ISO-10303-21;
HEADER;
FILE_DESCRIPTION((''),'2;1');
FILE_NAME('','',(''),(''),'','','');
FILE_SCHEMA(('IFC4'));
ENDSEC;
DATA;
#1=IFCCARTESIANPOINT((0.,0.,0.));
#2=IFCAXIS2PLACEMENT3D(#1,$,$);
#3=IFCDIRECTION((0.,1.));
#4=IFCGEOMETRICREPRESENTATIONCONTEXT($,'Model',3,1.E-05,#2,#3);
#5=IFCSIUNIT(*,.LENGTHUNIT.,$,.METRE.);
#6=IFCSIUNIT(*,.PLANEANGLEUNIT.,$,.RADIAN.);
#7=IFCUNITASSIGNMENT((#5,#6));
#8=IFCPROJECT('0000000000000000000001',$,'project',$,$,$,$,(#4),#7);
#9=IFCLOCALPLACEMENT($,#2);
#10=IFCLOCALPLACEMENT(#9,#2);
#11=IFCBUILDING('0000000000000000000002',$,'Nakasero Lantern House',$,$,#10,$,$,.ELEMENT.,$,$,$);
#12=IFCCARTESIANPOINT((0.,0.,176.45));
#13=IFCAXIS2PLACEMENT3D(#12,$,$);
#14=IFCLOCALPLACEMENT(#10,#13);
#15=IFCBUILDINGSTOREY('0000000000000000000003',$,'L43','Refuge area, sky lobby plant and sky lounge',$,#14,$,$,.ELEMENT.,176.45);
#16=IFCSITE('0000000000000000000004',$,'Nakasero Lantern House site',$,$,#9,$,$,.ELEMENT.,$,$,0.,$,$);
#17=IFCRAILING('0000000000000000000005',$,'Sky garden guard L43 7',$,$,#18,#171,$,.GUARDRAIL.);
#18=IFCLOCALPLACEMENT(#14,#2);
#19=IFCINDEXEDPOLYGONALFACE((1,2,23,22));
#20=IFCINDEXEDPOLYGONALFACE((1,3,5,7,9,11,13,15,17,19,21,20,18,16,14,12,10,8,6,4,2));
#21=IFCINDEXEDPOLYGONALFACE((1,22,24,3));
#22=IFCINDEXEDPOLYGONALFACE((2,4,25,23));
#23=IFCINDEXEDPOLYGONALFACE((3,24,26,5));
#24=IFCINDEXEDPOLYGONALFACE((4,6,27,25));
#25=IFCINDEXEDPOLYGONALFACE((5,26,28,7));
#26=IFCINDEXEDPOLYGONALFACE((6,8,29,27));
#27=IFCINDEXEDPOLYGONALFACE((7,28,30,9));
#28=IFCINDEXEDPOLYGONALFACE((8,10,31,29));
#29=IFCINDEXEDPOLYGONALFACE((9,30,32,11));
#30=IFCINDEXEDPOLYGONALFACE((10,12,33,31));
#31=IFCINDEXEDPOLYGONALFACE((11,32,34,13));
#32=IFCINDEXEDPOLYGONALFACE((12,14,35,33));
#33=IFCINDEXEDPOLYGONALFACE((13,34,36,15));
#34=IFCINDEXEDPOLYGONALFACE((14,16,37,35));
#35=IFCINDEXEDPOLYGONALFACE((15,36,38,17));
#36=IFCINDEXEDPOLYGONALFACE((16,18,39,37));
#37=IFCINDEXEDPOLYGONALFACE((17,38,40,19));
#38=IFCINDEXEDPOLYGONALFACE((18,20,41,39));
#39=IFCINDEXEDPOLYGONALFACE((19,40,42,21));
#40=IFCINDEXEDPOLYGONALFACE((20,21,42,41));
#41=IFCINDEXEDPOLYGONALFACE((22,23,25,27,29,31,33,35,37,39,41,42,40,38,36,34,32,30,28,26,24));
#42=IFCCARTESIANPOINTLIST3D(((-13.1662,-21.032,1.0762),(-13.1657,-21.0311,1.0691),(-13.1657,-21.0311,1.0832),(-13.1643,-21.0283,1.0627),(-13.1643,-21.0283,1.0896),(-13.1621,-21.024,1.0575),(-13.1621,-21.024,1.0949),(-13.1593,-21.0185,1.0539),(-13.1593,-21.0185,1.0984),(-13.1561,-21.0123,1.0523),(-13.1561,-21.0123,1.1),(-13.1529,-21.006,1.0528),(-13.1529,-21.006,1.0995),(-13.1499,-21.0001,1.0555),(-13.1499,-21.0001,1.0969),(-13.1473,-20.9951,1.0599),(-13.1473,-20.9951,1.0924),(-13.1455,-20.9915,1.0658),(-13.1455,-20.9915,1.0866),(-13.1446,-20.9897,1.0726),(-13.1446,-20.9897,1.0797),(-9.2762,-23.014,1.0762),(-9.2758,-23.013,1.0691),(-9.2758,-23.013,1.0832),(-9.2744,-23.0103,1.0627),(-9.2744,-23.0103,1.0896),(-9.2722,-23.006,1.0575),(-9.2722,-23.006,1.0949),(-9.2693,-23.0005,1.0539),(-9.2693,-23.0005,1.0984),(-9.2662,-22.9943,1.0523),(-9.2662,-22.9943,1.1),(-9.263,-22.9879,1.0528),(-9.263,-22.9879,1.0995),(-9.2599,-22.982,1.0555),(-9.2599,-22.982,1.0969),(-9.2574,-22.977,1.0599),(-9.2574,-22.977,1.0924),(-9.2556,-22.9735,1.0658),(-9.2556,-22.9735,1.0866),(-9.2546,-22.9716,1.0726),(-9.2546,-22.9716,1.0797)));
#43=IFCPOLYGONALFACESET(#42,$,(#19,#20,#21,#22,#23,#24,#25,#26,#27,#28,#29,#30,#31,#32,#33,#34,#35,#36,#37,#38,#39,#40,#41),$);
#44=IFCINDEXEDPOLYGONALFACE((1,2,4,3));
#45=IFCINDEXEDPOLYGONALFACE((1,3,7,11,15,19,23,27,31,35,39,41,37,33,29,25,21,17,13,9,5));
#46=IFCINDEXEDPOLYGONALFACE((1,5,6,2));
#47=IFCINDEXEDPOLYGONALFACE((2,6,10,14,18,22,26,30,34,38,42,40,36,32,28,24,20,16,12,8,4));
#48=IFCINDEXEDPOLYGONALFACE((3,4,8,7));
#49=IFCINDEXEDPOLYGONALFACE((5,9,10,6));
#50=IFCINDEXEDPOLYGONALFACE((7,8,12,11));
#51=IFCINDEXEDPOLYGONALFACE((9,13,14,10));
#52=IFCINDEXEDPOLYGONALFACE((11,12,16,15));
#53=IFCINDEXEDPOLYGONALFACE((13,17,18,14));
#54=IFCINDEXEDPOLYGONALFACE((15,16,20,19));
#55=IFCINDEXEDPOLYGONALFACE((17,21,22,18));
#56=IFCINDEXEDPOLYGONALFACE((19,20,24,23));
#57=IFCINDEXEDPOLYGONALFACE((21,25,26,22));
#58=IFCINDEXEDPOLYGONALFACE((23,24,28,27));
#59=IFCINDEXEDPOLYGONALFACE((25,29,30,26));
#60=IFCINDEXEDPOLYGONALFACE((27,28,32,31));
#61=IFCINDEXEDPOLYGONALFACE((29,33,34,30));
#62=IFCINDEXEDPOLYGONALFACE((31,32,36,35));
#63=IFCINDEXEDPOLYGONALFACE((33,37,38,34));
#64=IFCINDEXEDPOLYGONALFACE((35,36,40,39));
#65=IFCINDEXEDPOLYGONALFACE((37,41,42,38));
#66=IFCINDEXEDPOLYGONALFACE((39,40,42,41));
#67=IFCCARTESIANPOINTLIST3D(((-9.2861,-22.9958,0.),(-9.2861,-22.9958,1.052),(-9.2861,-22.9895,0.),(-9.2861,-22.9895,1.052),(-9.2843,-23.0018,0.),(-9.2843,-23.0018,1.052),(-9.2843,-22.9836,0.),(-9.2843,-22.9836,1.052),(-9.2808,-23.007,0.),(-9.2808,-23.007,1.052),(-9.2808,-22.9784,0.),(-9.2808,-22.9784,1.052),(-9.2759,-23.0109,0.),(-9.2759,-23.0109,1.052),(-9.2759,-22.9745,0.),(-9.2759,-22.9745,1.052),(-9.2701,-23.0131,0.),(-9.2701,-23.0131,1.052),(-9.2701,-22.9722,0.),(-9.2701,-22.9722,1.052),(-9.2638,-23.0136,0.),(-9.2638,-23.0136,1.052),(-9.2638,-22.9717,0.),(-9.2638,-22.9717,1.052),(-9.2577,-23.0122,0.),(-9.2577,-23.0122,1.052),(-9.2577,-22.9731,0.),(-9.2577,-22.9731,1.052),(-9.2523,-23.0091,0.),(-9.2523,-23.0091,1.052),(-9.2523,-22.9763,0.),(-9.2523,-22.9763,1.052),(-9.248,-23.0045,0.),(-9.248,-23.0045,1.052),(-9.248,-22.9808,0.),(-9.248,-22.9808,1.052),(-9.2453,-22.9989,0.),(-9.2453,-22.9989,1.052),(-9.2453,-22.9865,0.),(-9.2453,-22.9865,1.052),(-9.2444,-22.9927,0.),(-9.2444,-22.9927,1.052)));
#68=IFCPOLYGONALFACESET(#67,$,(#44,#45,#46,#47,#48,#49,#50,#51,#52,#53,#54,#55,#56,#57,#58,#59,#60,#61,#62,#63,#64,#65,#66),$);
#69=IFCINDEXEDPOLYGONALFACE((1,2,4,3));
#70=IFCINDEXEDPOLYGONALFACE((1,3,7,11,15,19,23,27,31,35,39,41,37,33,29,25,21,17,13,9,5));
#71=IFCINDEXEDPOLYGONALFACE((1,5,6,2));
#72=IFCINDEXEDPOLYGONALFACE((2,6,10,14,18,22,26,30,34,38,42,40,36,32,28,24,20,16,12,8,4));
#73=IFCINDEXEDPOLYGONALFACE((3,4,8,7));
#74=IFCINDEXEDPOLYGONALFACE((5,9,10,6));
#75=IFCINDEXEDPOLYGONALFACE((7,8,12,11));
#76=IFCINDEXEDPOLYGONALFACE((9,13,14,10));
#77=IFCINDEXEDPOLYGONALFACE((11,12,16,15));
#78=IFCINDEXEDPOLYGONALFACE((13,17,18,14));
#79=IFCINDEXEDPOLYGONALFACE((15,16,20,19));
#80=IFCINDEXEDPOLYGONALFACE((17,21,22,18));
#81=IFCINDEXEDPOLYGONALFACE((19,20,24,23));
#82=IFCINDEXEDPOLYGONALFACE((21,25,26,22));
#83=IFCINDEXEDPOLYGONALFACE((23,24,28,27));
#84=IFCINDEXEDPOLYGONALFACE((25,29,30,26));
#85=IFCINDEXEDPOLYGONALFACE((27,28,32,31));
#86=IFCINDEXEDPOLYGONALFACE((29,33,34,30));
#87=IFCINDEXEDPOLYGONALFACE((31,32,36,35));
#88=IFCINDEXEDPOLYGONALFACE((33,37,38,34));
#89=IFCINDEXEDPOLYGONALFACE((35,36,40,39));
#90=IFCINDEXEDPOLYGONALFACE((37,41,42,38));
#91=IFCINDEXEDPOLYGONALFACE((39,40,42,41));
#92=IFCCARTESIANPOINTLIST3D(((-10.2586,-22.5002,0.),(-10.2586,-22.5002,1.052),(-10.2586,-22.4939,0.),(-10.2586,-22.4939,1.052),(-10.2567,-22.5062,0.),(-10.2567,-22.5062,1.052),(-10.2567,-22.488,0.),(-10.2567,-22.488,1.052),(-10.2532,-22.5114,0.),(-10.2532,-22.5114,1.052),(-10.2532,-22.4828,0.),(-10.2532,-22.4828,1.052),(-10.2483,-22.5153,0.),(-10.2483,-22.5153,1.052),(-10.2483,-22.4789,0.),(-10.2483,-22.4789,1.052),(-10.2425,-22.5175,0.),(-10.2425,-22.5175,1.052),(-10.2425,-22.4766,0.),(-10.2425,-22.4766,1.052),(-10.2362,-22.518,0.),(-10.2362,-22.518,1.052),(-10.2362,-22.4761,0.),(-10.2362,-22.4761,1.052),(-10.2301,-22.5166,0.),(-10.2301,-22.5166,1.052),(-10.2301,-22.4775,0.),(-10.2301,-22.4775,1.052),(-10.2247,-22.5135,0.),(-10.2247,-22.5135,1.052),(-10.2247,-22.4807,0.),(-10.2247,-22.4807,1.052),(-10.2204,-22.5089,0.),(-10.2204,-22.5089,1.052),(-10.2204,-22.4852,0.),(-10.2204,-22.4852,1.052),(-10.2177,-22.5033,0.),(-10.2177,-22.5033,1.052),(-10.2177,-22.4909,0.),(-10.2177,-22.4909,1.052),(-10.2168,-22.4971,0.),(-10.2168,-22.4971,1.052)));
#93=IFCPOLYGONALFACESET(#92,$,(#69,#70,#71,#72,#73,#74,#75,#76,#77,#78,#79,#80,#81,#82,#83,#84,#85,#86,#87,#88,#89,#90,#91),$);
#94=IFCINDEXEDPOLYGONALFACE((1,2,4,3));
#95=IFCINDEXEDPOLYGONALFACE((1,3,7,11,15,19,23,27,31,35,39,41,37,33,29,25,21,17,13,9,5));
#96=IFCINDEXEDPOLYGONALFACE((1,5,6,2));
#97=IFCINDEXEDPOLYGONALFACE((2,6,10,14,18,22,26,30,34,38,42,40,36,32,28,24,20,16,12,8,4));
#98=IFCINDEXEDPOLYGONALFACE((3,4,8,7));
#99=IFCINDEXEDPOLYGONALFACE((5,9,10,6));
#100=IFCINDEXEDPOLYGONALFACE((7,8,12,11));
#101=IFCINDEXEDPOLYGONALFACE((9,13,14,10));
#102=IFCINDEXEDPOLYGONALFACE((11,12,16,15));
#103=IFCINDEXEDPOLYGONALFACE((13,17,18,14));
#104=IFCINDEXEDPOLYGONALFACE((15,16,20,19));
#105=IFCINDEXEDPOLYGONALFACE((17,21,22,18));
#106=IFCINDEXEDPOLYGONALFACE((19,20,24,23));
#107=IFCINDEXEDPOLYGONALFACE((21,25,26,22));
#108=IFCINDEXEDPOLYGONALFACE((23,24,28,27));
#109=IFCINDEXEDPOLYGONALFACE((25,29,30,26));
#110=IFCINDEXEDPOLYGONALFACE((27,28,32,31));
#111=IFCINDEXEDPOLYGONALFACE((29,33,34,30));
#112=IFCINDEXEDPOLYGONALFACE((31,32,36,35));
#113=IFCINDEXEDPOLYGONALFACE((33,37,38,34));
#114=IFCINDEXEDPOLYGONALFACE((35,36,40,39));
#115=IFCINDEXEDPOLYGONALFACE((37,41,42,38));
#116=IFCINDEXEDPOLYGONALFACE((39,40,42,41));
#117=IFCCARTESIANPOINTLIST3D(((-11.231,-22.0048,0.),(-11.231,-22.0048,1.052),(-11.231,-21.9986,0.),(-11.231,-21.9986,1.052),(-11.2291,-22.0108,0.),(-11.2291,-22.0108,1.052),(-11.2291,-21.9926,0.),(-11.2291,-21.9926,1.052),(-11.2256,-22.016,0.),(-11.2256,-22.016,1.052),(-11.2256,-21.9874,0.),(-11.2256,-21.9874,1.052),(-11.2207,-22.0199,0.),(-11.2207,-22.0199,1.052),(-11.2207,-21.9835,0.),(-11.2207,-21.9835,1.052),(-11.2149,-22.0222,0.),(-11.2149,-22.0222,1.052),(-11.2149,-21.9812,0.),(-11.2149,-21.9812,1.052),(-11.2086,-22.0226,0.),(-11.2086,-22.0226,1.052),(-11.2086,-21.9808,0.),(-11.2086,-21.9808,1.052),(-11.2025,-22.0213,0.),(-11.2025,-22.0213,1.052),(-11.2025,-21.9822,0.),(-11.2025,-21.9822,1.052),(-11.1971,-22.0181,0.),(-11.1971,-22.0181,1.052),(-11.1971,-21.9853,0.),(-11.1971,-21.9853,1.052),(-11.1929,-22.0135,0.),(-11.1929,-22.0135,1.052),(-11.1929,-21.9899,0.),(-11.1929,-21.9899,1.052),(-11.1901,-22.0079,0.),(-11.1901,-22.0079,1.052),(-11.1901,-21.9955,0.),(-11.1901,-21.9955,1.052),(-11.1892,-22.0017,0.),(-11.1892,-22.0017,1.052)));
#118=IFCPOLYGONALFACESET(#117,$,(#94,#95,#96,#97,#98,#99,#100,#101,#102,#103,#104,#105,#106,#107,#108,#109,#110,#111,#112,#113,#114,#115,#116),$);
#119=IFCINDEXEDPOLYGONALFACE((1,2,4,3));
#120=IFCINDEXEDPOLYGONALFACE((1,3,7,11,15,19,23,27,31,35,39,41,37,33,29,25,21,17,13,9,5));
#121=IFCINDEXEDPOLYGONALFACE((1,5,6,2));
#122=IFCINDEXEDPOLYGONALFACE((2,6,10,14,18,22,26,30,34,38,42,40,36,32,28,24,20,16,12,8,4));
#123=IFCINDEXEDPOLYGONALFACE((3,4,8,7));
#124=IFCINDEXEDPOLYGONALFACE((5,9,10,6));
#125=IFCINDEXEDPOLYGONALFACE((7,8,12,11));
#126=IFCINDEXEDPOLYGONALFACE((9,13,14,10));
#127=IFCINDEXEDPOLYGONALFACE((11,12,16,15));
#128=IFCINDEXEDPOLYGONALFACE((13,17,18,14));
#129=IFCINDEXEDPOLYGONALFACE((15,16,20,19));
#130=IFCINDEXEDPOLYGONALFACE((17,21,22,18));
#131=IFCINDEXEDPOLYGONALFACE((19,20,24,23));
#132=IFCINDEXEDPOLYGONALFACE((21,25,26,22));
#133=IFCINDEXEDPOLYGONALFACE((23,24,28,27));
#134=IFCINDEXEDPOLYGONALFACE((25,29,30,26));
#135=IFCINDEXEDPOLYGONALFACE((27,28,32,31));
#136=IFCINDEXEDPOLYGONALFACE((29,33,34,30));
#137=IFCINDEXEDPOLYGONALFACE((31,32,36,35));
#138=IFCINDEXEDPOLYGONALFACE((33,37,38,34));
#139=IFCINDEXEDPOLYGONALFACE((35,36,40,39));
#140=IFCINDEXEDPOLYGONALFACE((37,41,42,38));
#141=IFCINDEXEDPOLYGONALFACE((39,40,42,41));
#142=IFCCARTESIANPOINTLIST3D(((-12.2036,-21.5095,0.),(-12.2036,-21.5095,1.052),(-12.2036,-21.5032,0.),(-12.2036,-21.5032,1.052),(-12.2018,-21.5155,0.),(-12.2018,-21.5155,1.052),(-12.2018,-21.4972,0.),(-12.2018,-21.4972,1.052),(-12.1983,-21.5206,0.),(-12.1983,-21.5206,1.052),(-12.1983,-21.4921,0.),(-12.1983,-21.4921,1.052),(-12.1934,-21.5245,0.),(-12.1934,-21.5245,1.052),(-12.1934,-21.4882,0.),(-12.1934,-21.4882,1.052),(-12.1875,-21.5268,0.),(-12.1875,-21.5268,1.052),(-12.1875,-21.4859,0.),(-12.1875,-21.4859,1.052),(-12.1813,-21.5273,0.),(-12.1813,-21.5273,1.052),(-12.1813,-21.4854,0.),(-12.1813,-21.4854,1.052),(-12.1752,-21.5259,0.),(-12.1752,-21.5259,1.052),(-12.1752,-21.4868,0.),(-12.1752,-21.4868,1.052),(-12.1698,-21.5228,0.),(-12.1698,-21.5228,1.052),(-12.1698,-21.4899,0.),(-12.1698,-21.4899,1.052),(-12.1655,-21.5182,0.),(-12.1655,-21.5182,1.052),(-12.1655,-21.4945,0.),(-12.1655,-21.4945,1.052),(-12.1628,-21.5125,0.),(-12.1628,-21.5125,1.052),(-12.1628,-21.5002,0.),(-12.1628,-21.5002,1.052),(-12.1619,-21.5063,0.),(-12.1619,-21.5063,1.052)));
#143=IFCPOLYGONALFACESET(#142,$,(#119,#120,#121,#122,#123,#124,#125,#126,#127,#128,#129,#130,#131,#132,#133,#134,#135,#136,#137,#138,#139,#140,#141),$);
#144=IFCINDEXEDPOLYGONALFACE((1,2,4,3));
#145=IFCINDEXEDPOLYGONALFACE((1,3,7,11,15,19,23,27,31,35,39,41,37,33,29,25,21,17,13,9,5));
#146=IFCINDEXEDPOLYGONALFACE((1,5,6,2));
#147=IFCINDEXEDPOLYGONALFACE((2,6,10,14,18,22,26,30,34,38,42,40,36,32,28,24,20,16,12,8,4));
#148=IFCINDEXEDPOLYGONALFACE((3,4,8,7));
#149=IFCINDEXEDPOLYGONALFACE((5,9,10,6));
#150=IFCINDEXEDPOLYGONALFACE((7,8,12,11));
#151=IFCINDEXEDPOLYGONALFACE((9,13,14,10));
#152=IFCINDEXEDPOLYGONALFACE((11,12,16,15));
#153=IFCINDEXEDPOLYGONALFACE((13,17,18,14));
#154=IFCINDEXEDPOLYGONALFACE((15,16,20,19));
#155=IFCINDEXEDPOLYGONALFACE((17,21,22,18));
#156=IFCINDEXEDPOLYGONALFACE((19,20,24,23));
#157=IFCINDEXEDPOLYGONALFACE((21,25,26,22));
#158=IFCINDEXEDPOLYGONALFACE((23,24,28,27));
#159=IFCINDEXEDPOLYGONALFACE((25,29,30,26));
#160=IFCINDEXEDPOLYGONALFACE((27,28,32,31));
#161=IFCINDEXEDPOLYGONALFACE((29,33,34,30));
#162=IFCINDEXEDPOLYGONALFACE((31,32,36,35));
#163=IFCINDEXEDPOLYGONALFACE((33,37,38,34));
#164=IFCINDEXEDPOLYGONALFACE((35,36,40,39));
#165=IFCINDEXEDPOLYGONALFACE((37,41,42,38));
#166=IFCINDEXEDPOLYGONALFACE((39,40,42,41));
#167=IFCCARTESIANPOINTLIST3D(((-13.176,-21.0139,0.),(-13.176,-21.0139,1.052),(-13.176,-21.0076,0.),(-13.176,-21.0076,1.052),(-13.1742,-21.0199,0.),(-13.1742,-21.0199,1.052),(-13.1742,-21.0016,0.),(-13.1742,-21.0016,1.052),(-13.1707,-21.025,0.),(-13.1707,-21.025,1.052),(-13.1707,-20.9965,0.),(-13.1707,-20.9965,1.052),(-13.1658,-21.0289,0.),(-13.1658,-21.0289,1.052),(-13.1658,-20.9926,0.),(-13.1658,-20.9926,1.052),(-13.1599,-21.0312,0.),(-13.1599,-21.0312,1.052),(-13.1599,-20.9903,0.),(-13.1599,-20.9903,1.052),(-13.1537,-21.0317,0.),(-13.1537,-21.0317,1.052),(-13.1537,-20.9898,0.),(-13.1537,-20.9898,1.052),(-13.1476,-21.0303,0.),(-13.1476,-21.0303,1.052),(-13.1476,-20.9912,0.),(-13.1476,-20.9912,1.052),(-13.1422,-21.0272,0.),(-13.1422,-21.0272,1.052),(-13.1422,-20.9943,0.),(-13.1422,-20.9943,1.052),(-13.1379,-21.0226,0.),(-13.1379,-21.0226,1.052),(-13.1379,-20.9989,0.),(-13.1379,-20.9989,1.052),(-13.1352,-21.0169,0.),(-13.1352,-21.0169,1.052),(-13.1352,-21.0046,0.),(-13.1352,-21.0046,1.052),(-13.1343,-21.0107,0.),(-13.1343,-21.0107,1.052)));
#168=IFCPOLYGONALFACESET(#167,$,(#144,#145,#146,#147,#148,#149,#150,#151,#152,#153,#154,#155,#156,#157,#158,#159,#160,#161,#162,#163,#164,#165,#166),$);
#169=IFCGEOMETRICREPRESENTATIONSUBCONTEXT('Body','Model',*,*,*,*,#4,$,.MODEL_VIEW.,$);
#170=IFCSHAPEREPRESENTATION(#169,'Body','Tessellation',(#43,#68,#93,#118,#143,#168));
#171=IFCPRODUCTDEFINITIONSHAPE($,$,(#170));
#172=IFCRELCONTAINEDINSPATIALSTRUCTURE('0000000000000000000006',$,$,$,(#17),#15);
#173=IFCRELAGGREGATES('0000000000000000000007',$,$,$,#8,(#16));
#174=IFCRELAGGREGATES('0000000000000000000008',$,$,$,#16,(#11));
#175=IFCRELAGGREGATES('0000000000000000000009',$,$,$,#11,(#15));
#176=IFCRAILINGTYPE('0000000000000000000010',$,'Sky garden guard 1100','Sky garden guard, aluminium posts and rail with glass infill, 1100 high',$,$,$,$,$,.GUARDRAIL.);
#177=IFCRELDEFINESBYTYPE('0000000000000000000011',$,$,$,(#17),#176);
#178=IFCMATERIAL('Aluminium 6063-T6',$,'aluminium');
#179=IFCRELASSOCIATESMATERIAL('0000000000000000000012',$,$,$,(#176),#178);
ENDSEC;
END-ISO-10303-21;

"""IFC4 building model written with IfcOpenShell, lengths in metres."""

from ifc_helpers import new_model, si_unit, direction, frame, origin, origin_2d, place, context, subcontext, project, spatial, circle, extrude, material, type_object, element, save


model = new_model("IFC4")

# Units and contexts
model_context = context("Model", 3, precision=1e-05, world=origin(), true_north=direction((0.0, 1.0)))
body_context = subcontext(model_context, "Body", "Model", "MODEL_VIEW")
ifc_project = project(units=[si_unit("LENGTHUNIT", "METRE"), si_unit("PLANEANGLEUNIT", "RADIAN")], contexts=[model_context])

# Site, building, storey
site_placement = place(None, origin())
site = spatial("IfcSite", under=ifc_project, at=site_placement, Name="Nakasero Lantern House site", CompositionType="ELEMENT", RefElevation=0.0)
building_placement = place(site_placement, origin())
building = spatial("IfcBuilding", under=site, at=building_placement, Name="Nakasero Lantern House", CompositionType="ELEMENT")
storey_placement = place(building_placement, frame((0.0, 0.0, 176.45)))
storey = spatial("IfcBuildingStorey", under=building, at=storey_placement, Name="L43", Description="Refuge area, sky lobby plant and sky lounge", CompositionType="ELEMENT", Elevation=176.45)

# Railing
ifc_material_1 = material(Name="Aluminium 6063-T6", Category="aluminium")
railing_type = type_object("IfcRailingType", Name="Sky garden guard 1100", Description="Sky garden guard, aluminium posts and rail with glass infill, 1100 high", PredefinedType="GUARDRAIL", material=ifc_material_1)
railing_1_placement = place(storey_placement, frame((-9.2654, -22.9927, 0.0)))
element("IfcRailing", 1, at=railing_1_placement, inside=storey, type_object=railing_type, Name="Sky garden guard L43 7", PredefinedType="GUARDRAIL", context=body_context, shape_type="SweptSolid", body=[
    extrude(circle(Radius=0.0239, at=origin_2d()), frame((0.0, 0.0, 1.0762), z_axis=(-0.891013, 0.453979, 0.0), x_axis=(-0.453979, -0.891013, 0.0)), (0.0, 0.0, 1.0), 4.3657),
    extrude(circle(Radius=0.021, at=origin_2d()), origin(), (0.0, 0.0, 1.0), 1.052),
    extrude(circle(Radius=0.021, at=origin_2d()), frame((-0.9724, 0.4956, 0.0)), (0.0, 0.0, 1.0), 1.052),
    extrude(circle(Radius=0.021, at=origin_2d()), frame((-1.9448, 0.991, 0.0)), (0.0, 0.0, 1.0), 1.052),
    extrude(circle(Radius=0.021, at=origin_2d()), frame((-2.9175, 1.4863, 0.0)), (0.0, 0.0, 1.0), 1.052),
    extrude(circle(Radius=0.021, at=origin_2d()), frame((-3.8899, 1.9819, 0.0)), (0.0, 0.0, 1.0), 1.052),
])

save(model, "model.ifc")
